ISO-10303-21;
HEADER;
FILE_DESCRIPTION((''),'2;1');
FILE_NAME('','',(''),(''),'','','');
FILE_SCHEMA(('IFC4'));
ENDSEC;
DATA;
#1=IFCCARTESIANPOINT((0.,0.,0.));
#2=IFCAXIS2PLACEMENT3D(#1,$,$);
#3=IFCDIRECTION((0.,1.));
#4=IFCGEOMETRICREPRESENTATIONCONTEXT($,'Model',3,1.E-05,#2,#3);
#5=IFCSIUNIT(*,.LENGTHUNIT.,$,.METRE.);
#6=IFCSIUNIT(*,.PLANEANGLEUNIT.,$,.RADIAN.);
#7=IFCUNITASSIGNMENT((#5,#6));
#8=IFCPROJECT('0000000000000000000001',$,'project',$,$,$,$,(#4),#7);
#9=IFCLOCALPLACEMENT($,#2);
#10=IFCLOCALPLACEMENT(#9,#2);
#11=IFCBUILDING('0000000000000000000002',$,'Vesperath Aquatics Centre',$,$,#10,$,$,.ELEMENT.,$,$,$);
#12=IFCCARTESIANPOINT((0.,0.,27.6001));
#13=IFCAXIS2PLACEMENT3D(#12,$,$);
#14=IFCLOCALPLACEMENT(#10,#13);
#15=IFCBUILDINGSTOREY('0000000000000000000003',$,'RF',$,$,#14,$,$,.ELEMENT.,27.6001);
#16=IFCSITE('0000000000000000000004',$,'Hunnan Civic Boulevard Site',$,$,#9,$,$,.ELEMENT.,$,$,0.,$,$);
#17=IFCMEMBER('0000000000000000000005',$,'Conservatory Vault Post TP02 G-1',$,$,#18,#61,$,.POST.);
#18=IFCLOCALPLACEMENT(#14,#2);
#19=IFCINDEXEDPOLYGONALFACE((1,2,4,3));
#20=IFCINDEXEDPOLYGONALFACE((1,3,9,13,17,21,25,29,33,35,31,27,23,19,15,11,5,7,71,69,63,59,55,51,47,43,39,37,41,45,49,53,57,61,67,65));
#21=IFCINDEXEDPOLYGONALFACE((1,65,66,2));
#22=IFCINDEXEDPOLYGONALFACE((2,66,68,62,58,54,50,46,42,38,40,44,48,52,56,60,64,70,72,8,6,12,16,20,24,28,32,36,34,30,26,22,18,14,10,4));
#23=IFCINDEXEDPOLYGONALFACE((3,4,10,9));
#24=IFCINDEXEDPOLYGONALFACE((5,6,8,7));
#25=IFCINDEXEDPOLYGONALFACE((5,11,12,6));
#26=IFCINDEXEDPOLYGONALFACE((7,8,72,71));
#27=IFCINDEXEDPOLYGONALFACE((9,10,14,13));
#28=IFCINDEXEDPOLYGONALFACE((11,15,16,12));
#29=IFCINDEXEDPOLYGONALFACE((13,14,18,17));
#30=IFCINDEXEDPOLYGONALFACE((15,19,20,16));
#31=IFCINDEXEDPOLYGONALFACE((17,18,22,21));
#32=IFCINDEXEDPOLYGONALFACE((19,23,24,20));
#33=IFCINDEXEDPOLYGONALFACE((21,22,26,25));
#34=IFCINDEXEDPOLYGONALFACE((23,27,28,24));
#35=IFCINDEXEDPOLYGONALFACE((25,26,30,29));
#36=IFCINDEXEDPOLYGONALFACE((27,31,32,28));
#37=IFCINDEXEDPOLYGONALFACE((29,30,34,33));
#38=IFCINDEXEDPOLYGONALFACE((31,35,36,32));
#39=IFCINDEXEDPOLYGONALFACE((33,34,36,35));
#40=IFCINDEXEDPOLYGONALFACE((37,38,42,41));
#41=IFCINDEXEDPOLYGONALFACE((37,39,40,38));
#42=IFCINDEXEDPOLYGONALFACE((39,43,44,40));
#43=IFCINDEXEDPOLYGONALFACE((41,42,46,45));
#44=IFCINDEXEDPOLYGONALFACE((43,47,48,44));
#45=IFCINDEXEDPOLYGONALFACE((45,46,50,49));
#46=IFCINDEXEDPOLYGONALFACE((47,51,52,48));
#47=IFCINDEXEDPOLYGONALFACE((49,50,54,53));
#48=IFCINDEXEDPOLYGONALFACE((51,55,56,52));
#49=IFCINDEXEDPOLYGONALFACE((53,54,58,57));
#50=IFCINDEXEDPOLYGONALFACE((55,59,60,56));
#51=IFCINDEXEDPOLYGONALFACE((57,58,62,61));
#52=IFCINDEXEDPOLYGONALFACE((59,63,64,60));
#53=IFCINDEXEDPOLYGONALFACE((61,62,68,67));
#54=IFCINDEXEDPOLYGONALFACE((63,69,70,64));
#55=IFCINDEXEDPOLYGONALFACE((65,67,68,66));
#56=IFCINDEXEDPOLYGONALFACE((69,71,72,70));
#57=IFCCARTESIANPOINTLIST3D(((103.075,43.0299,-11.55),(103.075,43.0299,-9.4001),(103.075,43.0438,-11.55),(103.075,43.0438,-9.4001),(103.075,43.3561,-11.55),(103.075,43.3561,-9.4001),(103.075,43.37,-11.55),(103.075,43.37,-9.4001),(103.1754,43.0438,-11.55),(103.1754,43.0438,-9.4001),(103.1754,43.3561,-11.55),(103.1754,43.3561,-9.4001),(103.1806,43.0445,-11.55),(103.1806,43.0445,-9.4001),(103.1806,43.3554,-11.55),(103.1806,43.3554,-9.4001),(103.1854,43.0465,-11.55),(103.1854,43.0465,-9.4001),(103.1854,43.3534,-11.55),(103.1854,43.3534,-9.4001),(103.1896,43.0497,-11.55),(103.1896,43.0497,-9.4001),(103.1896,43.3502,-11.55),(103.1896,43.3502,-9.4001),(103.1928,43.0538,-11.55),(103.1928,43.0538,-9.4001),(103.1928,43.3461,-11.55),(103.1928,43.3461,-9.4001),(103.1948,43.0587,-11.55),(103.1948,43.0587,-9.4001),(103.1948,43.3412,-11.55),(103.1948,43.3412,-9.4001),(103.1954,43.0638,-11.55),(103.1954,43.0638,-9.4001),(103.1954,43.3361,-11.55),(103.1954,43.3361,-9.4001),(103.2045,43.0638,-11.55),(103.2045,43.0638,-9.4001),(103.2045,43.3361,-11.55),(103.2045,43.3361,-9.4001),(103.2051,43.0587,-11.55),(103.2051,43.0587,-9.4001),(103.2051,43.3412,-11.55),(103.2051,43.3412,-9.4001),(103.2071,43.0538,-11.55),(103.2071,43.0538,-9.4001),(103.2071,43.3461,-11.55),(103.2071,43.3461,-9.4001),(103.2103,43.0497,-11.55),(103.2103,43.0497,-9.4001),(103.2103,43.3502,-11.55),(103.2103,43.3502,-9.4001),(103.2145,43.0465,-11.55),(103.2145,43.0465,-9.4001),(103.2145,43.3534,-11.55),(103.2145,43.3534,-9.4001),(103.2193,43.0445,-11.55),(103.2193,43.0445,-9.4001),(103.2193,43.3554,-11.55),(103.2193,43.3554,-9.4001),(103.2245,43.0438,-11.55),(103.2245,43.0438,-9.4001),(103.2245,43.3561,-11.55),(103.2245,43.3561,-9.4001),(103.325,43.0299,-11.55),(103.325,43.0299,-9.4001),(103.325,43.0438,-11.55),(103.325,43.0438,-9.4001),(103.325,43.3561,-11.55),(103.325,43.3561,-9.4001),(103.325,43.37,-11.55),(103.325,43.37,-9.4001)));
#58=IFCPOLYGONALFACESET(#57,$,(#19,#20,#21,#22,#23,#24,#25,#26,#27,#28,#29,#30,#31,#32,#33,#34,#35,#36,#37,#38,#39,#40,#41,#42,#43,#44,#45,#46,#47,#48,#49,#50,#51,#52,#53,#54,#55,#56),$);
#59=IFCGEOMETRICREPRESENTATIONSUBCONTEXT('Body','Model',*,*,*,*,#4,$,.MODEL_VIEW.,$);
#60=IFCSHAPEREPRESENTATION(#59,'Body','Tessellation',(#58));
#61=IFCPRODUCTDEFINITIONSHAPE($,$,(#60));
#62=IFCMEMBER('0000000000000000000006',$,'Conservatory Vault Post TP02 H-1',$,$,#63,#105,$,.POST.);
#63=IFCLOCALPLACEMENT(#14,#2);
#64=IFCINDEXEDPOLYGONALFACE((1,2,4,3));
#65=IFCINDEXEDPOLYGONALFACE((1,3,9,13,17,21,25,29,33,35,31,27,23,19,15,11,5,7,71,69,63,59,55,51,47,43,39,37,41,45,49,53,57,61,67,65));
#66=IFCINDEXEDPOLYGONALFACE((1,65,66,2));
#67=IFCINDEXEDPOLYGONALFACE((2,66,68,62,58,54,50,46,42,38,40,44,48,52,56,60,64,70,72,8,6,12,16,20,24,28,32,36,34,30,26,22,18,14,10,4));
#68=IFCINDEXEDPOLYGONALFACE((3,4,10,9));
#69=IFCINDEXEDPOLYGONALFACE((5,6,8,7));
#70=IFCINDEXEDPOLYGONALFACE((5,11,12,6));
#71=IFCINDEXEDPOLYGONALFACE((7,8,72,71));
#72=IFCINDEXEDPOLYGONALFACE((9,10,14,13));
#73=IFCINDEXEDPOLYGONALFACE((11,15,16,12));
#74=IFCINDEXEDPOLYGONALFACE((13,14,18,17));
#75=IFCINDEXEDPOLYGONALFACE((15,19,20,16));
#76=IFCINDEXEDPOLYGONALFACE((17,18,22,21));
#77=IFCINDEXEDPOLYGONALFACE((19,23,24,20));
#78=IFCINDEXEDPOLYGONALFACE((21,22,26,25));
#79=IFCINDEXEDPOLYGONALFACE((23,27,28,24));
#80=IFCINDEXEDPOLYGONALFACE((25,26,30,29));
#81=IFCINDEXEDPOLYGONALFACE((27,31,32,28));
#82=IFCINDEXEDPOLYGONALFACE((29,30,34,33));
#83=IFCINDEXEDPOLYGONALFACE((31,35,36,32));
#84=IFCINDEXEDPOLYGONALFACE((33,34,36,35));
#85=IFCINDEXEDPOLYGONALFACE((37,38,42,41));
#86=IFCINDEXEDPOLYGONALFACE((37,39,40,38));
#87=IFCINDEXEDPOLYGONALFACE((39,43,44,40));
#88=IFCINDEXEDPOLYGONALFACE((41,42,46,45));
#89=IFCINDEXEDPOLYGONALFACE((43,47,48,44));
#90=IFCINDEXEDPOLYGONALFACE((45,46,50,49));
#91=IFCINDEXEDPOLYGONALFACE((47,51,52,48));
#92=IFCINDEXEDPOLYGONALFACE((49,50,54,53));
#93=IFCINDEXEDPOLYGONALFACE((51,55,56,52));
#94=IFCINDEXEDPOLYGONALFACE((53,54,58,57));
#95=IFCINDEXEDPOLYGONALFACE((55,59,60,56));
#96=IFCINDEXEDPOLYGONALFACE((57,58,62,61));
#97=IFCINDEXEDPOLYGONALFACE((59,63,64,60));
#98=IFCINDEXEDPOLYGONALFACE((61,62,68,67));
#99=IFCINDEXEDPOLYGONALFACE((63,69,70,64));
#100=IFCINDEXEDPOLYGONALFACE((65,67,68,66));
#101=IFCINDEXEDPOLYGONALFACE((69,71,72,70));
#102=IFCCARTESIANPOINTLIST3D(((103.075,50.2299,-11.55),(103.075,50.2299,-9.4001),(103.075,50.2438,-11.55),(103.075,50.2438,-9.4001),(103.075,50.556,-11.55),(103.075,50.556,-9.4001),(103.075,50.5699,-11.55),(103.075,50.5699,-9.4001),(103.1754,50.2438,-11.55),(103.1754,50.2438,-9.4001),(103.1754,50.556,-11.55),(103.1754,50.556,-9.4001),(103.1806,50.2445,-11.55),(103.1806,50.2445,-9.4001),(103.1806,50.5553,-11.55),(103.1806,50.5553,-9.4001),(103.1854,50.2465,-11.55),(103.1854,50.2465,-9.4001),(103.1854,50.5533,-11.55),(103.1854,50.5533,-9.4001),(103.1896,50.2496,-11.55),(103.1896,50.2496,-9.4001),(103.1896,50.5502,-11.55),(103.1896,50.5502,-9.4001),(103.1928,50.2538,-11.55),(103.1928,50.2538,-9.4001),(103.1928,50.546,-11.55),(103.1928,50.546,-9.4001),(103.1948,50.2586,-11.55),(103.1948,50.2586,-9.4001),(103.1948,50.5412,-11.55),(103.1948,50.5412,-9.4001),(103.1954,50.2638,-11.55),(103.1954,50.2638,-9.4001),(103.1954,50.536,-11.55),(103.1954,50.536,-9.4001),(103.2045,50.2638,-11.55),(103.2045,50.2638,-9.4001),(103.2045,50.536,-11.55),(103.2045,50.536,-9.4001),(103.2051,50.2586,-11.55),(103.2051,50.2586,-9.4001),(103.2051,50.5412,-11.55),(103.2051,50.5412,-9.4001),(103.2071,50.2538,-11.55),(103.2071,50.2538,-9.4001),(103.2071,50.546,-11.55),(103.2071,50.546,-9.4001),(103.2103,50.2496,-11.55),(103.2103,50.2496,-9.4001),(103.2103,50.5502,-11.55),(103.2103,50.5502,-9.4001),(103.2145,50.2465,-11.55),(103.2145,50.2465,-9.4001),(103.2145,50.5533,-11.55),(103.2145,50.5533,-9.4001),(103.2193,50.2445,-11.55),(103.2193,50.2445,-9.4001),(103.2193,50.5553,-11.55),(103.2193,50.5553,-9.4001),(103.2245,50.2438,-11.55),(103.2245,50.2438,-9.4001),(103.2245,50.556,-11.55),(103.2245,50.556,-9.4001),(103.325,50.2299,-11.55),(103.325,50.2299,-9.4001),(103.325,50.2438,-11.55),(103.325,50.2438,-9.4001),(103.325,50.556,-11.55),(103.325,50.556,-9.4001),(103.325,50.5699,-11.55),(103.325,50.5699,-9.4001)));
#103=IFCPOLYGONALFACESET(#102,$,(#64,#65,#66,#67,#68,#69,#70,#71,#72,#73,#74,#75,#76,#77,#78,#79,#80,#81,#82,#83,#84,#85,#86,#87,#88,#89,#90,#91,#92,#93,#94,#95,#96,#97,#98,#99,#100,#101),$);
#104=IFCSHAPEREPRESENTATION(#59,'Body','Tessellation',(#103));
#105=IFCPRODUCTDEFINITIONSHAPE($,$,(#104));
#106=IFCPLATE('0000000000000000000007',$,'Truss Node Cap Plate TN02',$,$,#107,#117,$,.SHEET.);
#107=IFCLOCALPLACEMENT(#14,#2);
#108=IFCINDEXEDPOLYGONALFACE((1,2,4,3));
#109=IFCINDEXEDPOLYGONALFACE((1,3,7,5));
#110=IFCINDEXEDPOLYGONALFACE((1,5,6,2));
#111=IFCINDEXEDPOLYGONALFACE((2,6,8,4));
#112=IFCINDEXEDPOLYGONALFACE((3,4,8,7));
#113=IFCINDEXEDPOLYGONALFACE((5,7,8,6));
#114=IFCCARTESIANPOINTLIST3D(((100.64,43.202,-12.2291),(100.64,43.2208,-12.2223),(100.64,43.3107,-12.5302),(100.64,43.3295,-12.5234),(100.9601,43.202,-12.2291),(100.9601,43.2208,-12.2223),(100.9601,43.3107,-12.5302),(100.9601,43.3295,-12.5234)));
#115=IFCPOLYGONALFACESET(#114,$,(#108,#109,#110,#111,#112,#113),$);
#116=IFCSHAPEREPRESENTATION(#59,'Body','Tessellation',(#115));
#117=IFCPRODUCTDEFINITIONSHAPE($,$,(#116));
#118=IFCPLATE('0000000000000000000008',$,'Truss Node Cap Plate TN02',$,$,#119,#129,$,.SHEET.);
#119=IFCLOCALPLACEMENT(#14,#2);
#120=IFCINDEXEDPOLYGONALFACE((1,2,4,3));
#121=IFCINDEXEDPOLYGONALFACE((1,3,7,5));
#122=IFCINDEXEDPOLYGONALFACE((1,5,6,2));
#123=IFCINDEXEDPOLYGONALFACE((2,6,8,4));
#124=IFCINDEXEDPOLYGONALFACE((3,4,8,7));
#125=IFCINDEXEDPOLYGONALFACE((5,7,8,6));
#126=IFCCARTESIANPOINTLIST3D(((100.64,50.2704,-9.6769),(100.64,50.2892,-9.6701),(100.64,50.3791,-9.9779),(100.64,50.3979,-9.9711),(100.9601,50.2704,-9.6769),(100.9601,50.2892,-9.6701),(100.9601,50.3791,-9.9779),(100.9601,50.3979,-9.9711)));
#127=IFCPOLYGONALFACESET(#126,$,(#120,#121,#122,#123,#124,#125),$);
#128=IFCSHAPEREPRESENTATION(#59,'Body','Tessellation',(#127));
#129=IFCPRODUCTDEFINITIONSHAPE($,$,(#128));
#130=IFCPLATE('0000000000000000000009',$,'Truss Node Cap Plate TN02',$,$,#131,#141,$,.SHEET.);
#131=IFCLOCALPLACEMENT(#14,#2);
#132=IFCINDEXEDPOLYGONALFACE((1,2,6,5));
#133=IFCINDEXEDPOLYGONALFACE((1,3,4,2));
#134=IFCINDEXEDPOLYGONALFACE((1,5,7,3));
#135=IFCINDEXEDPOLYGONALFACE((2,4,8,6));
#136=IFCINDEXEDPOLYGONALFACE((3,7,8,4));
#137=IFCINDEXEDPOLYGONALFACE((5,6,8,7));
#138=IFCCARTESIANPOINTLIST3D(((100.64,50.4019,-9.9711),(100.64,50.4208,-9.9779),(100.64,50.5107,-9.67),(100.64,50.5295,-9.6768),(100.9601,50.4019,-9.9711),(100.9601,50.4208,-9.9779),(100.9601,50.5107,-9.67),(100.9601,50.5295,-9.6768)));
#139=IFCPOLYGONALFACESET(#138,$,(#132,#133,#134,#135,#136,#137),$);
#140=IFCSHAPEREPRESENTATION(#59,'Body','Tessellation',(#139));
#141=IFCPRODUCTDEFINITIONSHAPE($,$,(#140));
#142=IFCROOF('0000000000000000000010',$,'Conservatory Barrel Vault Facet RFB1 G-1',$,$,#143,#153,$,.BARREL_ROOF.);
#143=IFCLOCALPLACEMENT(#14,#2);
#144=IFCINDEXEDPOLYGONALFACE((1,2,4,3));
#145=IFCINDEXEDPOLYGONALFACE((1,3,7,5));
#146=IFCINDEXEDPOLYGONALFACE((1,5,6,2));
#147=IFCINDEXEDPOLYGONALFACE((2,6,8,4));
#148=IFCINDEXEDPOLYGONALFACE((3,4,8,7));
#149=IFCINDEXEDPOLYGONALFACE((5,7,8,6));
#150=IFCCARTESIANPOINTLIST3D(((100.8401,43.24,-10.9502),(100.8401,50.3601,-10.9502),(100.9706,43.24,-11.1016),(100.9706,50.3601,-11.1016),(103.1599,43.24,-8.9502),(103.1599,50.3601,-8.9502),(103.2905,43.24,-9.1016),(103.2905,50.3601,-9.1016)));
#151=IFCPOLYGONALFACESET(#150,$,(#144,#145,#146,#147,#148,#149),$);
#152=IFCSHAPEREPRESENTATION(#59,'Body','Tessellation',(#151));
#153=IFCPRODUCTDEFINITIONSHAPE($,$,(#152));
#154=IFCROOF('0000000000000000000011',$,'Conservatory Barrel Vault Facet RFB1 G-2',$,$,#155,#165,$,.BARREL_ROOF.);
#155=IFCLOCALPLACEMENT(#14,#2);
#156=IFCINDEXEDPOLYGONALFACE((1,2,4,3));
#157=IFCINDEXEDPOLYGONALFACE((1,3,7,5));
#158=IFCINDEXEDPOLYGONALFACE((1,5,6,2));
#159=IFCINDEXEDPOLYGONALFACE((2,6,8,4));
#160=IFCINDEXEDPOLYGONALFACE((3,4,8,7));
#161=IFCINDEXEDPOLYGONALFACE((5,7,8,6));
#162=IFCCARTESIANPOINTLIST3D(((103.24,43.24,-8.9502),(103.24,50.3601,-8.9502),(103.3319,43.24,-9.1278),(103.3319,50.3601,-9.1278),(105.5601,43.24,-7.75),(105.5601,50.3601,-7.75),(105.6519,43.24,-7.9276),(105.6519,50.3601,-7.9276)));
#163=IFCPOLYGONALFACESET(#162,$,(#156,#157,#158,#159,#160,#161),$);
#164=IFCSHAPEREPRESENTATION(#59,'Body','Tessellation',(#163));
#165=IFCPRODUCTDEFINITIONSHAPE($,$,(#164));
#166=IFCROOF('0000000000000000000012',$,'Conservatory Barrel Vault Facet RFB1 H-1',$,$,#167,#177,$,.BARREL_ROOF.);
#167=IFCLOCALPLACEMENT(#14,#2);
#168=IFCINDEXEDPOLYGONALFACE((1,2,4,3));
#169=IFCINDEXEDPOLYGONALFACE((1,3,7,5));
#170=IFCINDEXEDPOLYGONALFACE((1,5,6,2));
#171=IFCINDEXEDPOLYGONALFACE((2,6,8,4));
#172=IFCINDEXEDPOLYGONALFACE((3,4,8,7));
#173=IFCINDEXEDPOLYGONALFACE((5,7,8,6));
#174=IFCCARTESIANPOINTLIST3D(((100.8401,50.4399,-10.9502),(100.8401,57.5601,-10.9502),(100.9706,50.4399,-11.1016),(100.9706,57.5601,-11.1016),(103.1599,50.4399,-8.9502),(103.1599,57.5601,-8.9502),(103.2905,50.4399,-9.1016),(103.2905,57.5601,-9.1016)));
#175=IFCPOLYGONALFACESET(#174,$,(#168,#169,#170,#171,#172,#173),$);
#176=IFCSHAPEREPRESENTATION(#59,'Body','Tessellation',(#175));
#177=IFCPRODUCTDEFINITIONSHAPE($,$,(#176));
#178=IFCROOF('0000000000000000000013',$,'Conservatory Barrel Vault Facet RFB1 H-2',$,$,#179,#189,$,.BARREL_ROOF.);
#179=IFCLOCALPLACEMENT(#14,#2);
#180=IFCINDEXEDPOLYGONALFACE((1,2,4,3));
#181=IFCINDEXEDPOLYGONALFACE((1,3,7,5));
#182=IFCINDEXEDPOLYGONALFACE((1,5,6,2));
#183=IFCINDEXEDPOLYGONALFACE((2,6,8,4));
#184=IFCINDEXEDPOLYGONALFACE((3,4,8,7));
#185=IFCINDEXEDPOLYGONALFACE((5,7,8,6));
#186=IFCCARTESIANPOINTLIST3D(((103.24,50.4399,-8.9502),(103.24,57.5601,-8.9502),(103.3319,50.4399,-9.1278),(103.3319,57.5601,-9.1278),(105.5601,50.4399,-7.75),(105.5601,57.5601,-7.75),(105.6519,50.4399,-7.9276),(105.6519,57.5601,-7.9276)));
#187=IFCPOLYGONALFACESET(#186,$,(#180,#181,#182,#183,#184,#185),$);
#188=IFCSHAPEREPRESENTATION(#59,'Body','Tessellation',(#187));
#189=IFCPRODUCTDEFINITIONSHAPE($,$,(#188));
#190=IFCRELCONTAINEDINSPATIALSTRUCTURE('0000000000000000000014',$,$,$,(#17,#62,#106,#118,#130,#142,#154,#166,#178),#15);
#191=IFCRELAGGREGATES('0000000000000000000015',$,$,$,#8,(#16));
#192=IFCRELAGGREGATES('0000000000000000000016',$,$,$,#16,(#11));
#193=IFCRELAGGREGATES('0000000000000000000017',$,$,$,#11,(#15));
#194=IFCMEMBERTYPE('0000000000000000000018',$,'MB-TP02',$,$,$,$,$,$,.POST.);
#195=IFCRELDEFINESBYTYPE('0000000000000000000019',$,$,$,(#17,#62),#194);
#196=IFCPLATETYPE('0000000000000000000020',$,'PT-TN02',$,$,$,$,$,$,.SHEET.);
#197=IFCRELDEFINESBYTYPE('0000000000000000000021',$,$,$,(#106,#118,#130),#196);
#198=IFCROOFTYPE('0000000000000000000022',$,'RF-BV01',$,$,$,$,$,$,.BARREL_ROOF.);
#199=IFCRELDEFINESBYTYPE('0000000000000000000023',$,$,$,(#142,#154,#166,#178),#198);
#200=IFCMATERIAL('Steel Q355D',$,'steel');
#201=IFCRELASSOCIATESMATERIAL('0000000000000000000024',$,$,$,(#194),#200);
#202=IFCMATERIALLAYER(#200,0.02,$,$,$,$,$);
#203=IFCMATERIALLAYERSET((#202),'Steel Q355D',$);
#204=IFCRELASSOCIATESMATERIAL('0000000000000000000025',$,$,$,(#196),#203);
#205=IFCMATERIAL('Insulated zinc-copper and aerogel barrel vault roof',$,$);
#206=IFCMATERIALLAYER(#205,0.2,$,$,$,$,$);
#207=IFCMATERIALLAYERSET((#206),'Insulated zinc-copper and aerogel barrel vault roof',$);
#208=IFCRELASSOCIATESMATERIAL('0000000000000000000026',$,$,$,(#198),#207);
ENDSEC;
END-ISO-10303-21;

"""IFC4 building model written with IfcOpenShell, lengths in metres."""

from ifc_helpers import new_model, si_unit, direction, frame, origin, origin_2d, place, context, subcontext, project, spatial, polyline, rectangle, i_section, outline, extrude, material, layer, layer_set, material_profile, profile_set, type_object, element, save


model = new_model("IFC4")

# Units and contexts
model_context = context("Model", 3, precision=1e-05, world=origin(), true_north=direction((0.0, 1.0)))
body_context = subcontext(model_context, "Body", "Model", "MODEL_VIEW")
ifc_project = project(units=[si_unit("LENGTHUNIT", "METRE"), si_unit("PLANEANGLEUNIT", "RADIAN")], contexts=[model_context])

# Site, building, storey
site_placement = place(None, origin())
site = spatial("IfcSite", under=ifc_project, at=site_placement, Name="Hunnan Civic Boulevard Site", CompositionType="ELEMENT", RefElevation=0.0)
building_placement = place(site_placement, origin())
building = spatial("IfcBuilding", under=site, at=building_placement, Name="Vesperath Aquatics Centre", CompositionType="ELEMENT")
storey_placement = place(building_placement, frame((0.0, 0.0, 27.6001)))
storey = spatial("IfcBuildingStorey", under=building, at=storey_placement, Name="RF", CompositionType="ELEMENT", Elevation=27.6001)

# Shared definitions
ifc_material_1 = material(Name="Steel Q355D", Category="steel")

# Members
ifc_material_profile_1 = material_profile(ifc_material_1, i_section(OverallWidth=0.25, OverallDepth=0.3401, WebThickness=0.009, FlangeThickness=0.0139, FilletRadius=0.02, at=origin_2d()), Name="HM 340x250x9x14")
ifc_profile_set_1 = profile_set([ifc_material_profile_1], Name="Steel Q355D")
member_type_1 = type_object("IfcMemberType", Name="MB-TP02", PredefinedType="POST", material=ifc_profile_set_1)
for number, where, z_axis, x_axis, name in (
    (1, (103.2, 43.2, -11.55), (0.0, 0.0, 1.0), (1.0, 0.0, 0.0), "Conservatory Vault Post TP02 G-1"),
    (2, (103.2, 50.3999, -11.55), (0.0, 0.0, 1.0), (1.0, 0.0, 0.0), "Conservatory Vault Post TP02 H-1"),
):
    element("IfcMember", number, at=place(storey_placement, frame(where, z_axis=z_axis, x_axis=x_axis)), inside=storey, type_object=member_type_1, Name=name, PredefinedType="POST", context=body_context, shape_type="SweptSolid", body=[
        extrude(i_section(OverallWidth=0.25, OverallDepth=0.3401, WebThickness=0.009, FlangeThickness=0.0139, FilletRadius=0.02, at=origin_2d()), origin(), (0.0, 0.0, 1.0), 2.1499),
    ])

# Plates
ifc_layer_1 = layer(ifc_material_1, 0.02)
ifc_layer_set_1 = layer_set([ifc_layer_1], Name="Steel Q355D")
plate_type = type_object("IfcPlateType", Name="PT-TN02", PredefinedType="SHEET", material=ifc_layer_set_1)
for number, where, z_axis, x_axis, name in (
    (3, (100.8, 43.2563, -12.3796), (0.0, 0.940554, 0.339644), (-1.0, 0.0, 0.0), "Truss Node Cap Plate TN02"),
    (4, (100.8, 50.3247, -9.8274), (0.0, 0.940554, 0.339644), (-1.0, 0.0, 0.0), "Truss Node Cap Plate TN02"),
    (5, (100.8, 50.4563, -9.8206), (0.0, 0.940554, -0.339644), (-1.0, 0.0, 0.0), "Truss Node Cap Plate TN02"),
):
    element("IfcPlate", number, at=place(storey_placement, frame(where, z_axis=z_axis, x_axis=x_axis)), inside=storey, type_object=plate_type, Name=name, PredefinedType="SHEET", context=body_context, shape_type="SweptSolid", body=[
        extrude(rectangle(XDim=0.3201, YDim=0.3201, at=origin_2d()), origin(), (0.0, 0.0, 1.0), 0.02),
    ])

# Roofs
ifc_material_2 = material(Name="Insulated zinc-copper and aerogel barrel vault roof")
ifc_layer_2 = layer(ifc_material_2, 0.2)
ifc_layer_set_2 = layer_set([ifc_layer_2], Name="Insulated zinc-copper and aerogel barrel vault roof")
roof_type = type_object("IfcRoofType", Name="RF-BV01", PredefinedType="BARREL_ROOF", material=ifc_layer_set_2)
roof_1_placement = place(storey_placement, frame((100.8401, 43.24, -10.9502), z_axis=(-0.652968, 0.0, 0.757385), x_axis=(0.757385, 0.0, 0.652968)))
element("IfcRoof", 6, at=roof_1_placement, inside=storey, type_object=roof_type, Name="Conservatory Barrel Vault Facet RFB1 G-1", PredefinedType="BARREL_ROOF", context=body_context, shape_type="SweptSolid", body=[
    extrude(outline(polyline([(0.0, 0.0), (3.0629, 0.0), (3.0629, 7.1201), (0.0, 7.1201), (0.0, 0.0)])), origin(), (0.0, 0.0, -1.0), 0.2),
])
roof_2_placement = place(storey_placement, frame((103.24, 43.24, -8.9502), z_axis=(-0.459471, 0.0, 0.888193), x_axis=(0.888193, 0.0, 0.459471)))
element("IfcRoof", 7, at=roof_2_placement, inside=storey, type_object=roof_type, Name="Conservatory Barrel Vault Facet RFB1 G-2", PredefinedType="BARREL_ROOF", context=body_context, shape_type="SweptSolid", body=[
    extrude(outline(polyline([(0.0, 0.0), (2.6121, 0.0), (2.6121, 7.1201), (0.0, 7.1201), (0.0, 0.0)])), origin(), (0.0, 0.0, -1.0), 0.2),
])
roof_3_placement = place(storey_placement, frame((100.8401, 50.4399, -10.9502), z_axis=(-0.652968, 0.0, 0.757385), x_axis=(0.757385, 0.0, 0.652968)))
element("IfcRoof", 8, at=roof_3_placement, inside=storey, type_object=roof_type, Name="Conservatory Barrel Vault Facet RFB1 H-1", PredefinedType="BARREL_ROOF", context=body_context, shape_type="SweptSolid", body=[
    extrude(outline(polyline([(0.0, 0.0), (3.0629, 0.0), (3.0629, 7.1201), (0.0, 7.1201), (0.0, 0.0)])), origin(), (0.0, 0.0, -1.0), 0.2),
])
roof_4_placement = place(storey_placement, frame((103.24, 50.4399, -8.9502), z_axis=(-0.459471, 0.0, 0.888193), x_axis=(0.888193, 0.0, 0.459471)))
element("IfcRoof", 9, at=roof_4_placement, inside=storey, type_object=roof_type, Name="Conservatory Barrel Vault Facet RFB1 H-2", PredefinedType="BARREL_ROOF", context=body_context, shape_type="SweptSolid", body=[
    extrude(outline(polyline([(0.0, 0.0), (2.6121, 0.0), (2.6121, 7.1201), (0.0, 7.1201), (0.0, 0.0)])), origin(), (0.0, 0.0, -1.0), 0.2),
])

save(model, "model.ifc")
